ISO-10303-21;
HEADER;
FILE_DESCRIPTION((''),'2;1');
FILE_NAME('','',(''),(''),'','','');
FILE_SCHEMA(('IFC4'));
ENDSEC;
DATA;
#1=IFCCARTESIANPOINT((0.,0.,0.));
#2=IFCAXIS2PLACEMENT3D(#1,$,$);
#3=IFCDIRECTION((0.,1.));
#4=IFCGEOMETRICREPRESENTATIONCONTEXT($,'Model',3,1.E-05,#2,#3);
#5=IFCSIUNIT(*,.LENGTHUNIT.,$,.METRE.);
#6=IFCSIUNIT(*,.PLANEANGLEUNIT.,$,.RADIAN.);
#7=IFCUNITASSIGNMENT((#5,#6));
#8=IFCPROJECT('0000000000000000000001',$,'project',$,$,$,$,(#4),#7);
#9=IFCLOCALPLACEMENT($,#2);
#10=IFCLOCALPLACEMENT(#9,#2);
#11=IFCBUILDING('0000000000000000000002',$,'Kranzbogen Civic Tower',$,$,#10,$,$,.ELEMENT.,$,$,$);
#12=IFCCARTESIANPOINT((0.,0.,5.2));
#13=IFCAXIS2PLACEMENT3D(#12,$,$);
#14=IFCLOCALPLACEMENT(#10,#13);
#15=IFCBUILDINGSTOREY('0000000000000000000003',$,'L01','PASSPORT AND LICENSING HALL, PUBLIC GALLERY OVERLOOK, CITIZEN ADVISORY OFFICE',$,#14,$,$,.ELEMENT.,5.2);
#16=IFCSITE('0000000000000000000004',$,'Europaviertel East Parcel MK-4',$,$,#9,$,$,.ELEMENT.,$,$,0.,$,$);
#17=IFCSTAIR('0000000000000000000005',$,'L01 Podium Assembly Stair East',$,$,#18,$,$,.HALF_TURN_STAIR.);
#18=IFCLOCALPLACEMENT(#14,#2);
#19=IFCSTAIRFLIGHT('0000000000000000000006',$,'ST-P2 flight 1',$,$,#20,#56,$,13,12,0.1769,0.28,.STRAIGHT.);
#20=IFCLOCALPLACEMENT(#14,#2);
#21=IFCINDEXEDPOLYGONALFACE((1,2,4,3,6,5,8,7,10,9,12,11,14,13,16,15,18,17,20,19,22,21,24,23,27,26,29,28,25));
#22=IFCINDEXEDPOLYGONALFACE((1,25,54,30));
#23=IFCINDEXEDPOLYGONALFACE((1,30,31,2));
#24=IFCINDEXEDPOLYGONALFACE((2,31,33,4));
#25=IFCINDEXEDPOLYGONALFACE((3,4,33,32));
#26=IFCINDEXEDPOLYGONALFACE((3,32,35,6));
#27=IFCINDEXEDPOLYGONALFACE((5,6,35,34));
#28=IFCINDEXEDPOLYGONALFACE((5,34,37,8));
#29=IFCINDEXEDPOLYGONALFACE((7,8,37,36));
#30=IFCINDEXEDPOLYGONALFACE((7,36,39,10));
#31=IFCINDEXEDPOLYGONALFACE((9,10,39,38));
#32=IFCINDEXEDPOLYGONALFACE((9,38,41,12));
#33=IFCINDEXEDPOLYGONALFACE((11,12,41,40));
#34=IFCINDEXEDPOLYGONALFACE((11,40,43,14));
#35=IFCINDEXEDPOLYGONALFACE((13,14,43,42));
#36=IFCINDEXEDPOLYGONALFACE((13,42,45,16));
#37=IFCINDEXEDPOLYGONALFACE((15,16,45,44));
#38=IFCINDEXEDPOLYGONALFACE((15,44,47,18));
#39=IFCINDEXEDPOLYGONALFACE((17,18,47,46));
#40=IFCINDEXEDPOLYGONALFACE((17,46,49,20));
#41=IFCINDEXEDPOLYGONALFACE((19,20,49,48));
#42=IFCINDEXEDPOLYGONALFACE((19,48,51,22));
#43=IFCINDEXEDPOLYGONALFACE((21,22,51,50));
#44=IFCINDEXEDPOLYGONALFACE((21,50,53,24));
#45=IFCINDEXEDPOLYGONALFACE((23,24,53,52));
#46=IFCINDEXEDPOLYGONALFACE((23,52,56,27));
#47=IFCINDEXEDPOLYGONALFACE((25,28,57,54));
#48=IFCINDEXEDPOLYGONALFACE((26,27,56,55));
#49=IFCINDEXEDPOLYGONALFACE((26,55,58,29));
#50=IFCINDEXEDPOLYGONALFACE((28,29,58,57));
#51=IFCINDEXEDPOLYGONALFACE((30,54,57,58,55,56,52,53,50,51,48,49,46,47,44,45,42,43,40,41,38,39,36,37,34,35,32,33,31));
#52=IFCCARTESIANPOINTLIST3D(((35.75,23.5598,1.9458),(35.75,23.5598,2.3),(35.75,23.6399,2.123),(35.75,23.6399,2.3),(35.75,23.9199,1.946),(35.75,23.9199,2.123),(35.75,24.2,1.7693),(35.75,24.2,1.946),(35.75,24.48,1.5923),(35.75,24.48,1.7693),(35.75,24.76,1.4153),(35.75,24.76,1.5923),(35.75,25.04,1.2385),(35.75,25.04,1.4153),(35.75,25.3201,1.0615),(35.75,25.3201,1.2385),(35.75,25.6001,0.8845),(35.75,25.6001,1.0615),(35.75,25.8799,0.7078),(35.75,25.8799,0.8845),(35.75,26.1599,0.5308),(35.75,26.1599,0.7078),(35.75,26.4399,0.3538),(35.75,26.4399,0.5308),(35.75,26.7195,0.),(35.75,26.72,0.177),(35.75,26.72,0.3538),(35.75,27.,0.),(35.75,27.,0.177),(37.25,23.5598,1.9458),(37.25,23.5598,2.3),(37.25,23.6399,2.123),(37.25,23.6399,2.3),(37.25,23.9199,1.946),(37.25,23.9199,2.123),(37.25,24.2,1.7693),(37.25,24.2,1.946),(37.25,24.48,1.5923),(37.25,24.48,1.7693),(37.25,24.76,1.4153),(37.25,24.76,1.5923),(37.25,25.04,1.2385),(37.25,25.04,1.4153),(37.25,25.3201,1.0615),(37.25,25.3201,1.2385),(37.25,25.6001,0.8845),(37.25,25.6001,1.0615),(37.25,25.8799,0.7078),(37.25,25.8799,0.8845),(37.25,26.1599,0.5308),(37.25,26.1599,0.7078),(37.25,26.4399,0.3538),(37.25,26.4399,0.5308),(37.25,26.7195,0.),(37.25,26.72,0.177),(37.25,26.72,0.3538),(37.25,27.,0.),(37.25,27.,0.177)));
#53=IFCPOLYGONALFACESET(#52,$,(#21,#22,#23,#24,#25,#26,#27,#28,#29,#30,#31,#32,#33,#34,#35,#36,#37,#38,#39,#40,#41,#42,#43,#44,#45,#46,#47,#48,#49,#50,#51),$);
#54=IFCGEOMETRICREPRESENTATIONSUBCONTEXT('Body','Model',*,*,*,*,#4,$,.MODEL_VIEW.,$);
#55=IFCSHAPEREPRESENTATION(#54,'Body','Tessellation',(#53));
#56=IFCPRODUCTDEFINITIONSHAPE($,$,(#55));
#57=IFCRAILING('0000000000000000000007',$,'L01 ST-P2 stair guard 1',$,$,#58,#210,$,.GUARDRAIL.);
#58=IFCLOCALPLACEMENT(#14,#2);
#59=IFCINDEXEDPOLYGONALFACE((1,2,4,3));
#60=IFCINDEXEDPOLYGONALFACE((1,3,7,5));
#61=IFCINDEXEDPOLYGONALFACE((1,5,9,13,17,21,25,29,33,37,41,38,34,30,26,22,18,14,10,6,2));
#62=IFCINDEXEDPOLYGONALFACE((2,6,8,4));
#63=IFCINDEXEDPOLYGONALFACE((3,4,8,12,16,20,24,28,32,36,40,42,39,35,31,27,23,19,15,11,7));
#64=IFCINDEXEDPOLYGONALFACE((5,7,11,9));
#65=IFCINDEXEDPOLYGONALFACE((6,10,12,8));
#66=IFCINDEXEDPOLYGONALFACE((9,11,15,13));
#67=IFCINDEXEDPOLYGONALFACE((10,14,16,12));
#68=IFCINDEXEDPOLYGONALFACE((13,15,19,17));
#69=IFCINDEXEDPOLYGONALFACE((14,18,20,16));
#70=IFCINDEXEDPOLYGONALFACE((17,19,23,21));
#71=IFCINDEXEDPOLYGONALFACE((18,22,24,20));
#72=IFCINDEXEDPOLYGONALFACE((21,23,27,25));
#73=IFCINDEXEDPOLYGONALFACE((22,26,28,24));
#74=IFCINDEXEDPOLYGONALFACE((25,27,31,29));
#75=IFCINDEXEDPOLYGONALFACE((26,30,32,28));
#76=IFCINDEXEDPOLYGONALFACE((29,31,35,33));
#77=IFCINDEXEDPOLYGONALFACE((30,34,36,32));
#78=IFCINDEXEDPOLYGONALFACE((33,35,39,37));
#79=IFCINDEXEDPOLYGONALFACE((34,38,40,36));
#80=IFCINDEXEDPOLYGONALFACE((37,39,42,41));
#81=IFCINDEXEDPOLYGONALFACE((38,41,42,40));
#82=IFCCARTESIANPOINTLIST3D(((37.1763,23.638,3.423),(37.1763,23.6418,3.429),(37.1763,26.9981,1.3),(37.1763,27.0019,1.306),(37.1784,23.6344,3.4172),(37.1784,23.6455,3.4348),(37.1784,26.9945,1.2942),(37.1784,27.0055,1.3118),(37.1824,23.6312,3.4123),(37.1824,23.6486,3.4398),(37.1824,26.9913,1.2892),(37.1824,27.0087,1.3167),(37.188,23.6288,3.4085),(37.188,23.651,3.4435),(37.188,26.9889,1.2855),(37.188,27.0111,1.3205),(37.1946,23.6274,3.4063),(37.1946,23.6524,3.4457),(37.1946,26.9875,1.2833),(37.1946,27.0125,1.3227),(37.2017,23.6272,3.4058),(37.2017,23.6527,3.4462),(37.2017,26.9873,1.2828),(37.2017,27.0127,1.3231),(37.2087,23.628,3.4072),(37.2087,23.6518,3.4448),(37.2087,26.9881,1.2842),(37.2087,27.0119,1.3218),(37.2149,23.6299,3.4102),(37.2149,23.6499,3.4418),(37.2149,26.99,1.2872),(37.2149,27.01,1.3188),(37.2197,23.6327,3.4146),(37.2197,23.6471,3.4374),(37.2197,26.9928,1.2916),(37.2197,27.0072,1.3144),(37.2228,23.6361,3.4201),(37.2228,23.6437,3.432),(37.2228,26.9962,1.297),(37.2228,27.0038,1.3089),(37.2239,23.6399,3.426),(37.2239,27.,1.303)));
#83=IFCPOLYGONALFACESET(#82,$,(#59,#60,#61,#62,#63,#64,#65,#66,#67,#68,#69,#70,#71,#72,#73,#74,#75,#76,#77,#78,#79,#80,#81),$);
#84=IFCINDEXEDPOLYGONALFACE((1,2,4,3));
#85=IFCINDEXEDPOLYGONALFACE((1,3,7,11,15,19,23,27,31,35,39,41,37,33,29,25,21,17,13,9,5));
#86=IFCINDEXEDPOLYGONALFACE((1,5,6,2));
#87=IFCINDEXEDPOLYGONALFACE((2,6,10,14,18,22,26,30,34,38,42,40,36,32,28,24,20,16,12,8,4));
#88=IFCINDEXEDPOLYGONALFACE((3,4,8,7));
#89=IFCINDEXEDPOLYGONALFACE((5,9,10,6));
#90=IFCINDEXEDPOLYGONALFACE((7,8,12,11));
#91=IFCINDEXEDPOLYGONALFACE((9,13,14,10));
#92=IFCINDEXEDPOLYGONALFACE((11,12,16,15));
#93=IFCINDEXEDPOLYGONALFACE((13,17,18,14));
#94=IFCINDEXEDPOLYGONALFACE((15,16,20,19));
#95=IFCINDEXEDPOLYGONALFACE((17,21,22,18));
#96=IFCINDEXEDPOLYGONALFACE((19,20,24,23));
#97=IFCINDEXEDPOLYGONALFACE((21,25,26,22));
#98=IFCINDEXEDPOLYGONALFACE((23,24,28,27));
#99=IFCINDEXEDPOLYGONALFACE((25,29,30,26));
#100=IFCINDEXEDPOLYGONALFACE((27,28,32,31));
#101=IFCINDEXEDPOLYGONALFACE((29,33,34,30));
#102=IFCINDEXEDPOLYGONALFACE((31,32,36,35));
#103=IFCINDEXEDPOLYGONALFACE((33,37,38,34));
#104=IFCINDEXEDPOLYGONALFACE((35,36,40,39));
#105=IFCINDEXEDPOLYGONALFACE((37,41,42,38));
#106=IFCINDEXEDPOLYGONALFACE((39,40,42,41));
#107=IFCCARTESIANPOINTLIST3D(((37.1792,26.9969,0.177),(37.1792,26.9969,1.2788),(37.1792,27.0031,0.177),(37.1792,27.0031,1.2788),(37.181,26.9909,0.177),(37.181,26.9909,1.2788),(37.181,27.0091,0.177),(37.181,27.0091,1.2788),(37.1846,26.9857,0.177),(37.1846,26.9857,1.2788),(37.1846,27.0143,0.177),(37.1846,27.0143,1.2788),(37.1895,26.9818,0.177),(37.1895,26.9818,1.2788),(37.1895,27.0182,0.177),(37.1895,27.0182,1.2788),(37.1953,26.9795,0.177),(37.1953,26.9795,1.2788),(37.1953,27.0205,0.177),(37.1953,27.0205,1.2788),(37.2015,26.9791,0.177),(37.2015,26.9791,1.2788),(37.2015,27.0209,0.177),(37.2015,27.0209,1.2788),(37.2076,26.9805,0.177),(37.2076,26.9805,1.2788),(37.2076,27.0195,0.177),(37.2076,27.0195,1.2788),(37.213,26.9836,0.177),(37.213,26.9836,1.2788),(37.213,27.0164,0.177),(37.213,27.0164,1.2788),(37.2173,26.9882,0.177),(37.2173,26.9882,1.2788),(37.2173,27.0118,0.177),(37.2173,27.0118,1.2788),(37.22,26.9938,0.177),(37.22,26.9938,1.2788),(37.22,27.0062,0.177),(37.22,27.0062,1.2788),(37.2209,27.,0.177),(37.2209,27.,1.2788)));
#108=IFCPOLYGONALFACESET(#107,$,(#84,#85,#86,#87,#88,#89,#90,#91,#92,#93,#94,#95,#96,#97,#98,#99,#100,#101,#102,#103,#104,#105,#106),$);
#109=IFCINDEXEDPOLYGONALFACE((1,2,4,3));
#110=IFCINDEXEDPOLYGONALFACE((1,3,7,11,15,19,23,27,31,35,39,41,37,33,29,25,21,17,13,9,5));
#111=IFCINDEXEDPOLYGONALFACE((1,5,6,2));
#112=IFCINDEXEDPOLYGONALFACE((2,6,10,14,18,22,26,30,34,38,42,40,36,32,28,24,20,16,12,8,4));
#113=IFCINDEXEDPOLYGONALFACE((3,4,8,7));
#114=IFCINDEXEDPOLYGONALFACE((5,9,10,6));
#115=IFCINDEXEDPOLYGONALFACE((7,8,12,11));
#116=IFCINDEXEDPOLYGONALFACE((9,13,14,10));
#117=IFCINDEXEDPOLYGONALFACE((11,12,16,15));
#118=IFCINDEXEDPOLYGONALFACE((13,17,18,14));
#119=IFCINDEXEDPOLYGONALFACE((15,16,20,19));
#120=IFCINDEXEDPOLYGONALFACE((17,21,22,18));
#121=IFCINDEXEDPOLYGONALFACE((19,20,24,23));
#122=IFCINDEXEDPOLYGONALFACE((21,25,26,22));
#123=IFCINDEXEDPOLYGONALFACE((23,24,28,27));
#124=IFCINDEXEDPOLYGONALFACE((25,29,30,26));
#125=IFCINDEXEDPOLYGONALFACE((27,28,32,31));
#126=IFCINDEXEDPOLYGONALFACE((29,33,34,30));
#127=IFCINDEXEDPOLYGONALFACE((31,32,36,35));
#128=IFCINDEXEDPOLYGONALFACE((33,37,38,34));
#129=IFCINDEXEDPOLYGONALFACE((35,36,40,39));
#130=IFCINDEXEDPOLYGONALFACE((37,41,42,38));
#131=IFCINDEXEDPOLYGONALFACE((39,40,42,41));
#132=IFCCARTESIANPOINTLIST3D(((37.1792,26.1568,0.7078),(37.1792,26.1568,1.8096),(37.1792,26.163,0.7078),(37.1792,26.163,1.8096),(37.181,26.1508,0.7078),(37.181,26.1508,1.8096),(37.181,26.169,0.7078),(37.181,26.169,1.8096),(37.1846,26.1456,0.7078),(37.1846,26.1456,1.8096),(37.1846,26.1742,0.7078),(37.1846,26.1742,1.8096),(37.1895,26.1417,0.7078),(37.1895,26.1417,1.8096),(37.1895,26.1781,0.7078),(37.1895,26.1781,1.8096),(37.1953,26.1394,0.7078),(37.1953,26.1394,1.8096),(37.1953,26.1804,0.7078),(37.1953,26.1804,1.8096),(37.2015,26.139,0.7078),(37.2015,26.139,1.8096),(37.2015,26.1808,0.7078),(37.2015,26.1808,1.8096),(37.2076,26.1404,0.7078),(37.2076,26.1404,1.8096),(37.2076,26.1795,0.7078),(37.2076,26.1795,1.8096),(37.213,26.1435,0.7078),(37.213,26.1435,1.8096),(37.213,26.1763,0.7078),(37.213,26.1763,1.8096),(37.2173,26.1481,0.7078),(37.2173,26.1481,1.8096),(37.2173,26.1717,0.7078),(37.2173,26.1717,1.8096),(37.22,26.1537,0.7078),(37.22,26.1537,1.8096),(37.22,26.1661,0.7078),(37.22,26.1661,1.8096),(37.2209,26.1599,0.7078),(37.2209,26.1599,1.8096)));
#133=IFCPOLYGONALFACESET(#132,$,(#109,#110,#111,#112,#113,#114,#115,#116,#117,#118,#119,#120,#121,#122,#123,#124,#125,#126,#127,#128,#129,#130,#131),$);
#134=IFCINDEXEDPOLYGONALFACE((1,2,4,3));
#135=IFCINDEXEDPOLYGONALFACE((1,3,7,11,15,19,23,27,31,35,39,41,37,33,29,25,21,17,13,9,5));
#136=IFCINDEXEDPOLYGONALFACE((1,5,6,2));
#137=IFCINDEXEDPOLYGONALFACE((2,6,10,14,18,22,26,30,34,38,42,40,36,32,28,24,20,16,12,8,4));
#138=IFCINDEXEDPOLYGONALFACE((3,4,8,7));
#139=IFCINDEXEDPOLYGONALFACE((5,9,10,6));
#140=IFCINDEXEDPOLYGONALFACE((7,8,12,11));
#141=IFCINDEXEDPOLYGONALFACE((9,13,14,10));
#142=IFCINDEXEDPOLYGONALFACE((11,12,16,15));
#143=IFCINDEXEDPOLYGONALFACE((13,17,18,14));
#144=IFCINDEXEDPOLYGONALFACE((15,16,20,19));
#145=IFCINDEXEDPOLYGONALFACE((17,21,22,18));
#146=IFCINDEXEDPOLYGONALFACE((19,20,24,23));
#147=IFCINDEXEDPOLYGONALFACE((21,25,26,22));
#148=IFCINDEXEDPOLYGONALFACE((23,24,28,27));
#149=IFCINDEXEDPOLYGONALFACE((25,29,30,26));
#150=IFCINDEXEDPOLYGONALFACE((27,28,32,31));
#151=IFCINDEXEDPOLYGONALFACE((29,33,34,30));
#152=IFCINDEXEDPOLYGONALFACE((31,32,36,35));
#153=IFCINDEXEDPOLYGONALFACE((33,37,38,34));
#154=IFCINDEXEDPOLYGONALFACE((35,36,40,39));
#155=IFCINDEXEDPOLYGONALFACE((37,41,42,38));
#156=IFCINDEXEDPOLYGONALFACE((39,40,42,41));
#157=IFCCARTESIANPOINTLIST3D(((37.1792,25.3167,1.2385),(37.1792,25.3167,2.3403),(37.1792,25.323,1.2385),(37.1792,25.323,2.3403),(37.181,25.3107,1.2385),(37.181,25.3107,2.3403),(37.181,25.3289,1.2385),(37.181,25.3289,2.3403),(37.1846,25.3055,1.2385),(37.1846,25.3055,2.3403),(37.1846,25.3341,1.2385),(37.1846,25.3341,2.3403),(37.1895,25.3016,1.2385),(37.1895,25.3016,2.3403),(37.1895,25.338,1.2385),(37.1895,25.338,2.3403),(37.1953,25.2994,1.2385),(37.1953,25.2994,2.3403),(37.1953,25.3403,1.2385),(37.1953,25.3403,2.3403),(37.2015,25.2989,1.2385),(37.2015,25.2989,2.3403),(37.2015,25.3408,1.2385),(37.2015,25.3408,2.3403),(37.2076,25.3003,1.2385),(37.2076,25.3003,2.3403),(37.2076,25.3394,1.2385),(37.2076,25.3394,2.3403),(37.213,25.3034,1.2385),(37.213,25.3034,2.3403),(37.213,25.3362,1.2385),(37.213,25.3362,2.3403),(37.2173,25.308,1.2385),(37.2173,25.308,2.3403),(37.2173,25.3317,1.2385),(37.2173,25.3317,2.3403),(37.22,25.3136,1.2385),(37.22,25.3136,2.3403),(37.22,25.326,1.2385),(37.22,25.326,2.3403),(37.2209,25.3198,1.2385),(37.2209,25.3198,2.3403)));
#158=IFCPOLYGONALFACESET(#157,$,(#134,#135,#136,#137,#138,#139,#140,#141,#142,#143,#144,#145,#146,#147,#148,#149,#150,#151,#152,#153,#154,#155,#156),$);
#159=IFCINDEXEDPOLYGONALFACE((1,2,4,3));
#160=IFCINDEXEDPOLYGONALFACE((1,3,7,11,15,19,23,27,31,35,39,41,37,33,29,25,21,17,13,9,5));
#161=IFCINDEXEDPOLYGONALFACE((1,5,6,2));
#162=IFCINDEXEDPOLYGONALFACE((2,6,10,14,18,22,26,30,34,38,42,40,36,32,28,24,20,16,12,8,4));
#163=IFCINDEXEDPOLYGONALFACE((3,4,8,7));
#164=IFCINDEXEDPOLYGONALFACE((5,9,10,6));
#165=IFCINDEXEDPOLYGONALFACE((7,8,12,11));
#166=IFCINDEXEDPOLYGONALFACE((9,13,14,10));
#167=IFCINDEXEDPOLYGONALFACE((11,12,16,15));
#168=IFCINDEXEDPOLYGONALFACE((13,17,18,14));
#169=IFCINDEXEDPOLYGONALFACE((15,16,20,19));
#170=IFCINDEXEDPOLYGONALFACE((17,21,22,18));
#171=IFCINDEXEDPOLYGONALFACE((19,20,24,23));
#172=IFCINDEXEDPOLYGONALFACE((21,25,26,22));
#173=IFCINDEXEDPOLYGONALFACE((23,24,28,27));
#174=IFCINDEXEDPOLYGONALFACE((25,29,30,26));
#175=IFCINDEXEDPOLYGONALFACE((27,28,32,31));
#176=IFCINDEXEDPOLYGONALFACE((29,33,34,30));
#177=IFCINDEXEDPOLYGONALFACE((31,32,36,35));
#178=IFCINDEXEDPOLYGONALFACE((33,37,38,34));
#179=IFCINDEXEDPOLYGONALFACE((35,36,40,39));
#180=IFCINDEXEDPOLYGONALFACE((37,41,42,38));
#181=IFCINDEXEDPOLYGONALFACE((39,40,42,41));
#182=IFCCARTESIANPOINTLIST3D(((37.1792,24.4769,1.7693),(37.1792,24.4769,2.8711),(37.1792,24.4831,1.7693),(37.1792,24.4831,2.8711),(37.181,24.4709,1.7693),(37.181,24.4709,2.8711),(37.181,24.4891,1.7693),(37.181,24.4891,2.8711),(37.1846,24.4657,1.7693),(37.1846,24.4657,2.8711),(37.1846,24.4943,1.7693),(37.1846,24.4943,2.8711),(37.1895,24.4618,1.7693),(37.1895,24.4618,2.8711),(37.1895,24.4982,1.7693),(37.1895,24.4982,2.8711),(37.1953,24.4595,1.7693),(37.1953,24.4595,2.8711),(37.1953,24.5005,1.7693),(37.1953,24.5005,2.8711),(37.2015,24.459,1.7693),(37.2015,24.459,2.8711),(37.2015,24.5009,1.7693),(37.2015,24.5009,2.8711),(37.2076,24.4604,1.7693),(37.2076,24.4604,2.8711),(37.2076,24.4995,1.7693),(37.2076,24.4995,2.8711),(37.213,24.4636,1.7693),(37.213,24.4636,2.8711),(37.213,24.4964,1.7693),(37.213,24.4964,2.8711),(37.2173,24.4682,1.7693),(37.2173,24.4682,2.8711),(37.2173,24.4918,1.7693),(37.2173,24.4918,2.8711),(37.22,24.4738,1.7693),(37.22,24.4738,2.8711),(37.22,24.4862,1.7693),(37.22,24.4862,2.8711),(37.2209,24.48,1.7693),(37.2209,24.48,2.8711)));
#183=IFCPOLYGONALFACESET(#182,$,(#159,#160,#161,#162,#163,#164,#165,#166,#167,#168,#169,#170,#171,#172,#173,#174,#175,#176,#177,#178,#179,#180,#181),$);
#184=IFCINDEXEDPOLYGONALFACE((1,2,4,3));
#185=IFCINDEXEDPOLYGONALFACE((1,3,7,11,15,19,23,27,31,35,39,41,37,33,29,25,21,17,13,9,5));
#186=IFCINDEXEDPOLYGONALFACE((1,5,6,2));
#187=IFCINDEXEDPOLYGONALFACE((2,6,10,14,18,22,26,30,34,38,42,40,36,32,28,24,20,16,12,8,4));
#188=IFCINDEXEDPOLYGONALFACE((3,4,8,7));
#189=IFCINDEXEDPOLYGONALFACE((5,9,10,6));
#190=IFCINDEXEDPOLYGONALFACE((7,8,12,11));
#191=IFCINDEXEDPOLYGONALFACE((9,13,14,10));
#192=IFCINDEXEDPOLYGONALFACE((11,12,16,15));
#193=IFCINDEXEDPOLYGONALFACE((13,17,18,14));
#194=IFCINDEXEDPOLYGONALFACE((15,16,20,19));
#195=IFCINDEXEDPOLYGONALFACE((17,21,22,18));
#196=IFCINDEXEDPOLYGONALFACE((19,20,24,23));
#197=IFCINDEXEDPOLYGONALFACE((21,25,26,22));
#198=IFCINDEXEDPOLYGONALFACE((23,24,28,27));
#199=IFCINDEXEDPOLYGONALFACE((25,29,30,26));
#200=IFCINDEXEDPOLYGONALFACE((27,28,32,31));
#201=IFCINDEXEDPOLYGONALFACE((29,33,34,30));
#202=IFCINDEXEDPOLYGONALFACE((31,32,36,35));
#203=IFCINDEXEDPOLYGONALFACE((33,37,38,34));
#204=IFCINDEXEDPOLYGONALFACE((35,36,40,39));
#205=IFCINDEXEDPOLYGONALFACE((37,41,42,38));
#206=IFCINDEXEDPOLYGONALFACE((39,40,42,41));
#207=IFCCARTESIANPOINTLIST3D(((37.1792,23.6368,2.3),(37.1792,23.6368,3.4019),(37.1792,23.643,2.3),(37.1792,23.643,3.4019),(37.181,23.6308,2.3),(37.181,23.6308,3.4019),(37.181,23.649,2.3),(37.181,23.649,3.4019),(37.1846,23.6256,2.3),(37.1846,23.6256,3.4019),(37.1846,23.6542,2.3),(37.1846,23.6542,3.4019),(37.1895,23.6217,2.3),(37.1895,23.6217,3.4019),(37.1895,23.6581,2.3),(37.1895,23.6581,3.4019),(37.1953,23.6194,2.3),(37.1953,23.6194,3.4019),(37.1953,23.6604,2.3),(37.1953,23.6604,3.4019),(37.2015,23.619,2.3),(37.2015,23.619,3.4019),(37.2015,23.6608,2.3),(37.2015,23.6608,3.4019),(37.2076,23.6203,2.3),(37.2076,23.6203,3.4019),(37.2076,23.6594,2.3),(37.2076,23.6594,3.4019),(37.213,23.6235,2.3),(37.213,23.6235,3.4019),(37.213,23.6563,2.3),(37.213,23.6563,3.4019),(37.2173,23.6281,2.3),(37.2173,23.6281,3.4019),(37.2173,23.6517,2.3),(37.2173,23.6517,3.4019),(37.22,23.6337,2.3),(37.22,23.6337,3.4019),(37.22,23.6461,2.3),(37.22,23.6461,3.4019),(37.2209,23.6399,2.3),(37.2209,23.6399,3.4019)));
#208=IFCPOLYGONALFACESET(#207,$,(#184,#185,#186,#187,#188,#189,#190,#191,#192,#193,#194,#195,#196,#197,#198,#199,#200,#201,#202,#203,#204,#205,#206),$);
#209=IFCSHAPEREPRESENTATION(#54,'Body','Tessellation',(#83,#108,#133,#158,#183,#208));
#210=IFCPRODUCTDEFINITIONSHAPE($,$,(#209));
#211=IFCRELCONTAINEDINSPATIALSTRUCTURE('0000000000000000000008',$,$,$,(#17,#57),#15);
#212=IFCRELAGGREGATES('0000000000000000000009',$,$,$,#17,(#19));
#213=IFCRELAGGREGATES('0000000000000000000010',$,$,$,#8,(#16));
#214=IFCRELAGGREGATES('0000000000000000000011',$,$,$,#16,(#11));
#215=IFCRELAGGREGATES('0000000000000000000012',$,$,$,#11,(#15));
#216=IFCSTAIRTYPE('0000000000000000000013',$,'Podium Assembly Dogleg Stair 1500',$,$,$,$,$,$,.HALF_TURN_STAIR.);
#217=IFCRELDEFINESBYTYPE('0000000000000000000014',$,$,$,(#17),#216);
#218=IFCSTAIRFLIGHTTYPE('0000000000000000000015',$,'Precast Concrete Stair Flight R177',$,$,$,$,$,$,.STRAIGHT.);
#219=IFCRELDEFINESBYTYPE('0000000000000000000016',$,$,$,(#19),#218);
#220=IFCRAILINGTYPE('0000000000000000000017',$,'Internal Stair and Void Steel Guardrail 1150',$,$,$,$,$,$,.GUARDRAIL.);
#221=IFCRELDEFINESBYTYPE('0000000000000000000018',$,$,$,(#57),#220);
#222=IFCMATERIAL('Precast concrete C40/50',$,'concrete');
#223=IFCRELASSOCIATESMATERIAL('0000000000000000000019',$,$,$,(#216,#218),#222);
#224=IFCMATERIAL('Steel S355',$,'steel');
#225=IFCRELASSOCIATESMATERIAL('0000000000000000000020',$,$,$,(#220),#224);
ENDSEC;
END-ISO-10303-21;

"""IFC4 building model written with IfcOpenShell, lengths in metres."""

from ifc_helpers import new_model, si_unit, direction, frame, origin, origin_2d, place, context, subcontext, project, spatial, polyline, circle, outline, extrude, material, type_object, element, aggregate, save


model = new_model("IFC4")

# Units and contexts
model_context = context("Model", 3, precision=1e-05, world=origin(), true_north=direction((0.0, 1.0)))
body_context = subcontext(model_context, "Body", "Model", "MODEL_VIEW")
ifc_project = project(units=[si_unit("LENGTHUNIT", "METRE"), si_unit("PLANEANGLEUNIT", "RADIAN")], contexts=[model_context])

# Site, building, storey
site_placement = place(None, origin())
site = spatial("IfcSite", under=ifc_project, at=site_placement, Name="Europaviertel East Parcel MK-4", CompositionType="ELEMENT", RefElevation=0.0)
building_placement = place(site_placement, origin())
building = spatial("IfcBuilding", under=site, at=building_placement, Name="Kranzbogen Civic Tower", CompositionType="ELEMENT")
storey_placement = place(building_placement, frame((0.0, 0.0, 5.2)))
storey = spatial("IfcBuildingStorey", under=building, at=storey_placement, Name="L01", Description="PASSPORT AND LICENSING HALL, PUBLIC GALLERY OVERLOOK, CITIZEN ADVISORY OFFICE", CompositionType="ELEMENT", Elevation=5.2)

# Shared definitions
ifc_material_1 = material(Name="Steel S355", Category="steel")

# Stair, stair flight
ifc_material_2 = material(Name="Precast concrete C40/50", Category="concrete")
stair_type = type_object("IfcStairType", Name="Podium Assembly Dogleg Stair 1500", PredefinedType="HALF_TURN_STAIR", material=ifc_material_2)
stair_placement = place(storey_placement, origin())
stair = element("IfcStair", 1, at=stair_placement, inside=storey, type_object=stair_type, Name="L01 Podium Assembly Stair East", PredefinedType="HALF_TURN_STAIR")
stair_flight_type = type_object("IfcStairFlightType", Name="Precast Concrete Stair Flight R177", PredefinedType="STRAIGHT", material=ifc_material_2)
stair_flight_placement = place(storey_placement, frame((36.5, 27.0, 0.0), z_axis=(0.0, 0.0, 1.0), x_axis=(0.0, -1.0, 0.0)))
stair_flight = element("IfcStairFlight", 2, at=stair_flight_placement, type_object=stair_flight_type, Name="ST-P2 flight 1", NumberOfRisers=13, NumberOfTreads=12, PredefinedType="STRAIGHT", RiserHeight=0.1769, TreadLength=0.28, context=body_context, shape_type="SweptSolid", body=[
    extrude(outline(polyline([(0.0, 0.0), (0.0, 0.177), (0.28, 0.177), (0.28, 0.3538), (0.5601, 0.3538), (0.5601, 0.5308), (0.8401, 0.5308), (0.8401, 0.7078), (1.1201, 0.7078), (1.1201, 0.8845), (1.3999, 0.8845), (1.3999, 1.0615), (1.6799, 1.0615), (1.6799, 1.2385), (1.96, 1.2385), (1.96, 1.4153), (2.24, 1.4153), (2.24, 1.5923), (2.52, 1.5923), (2.52, 1.7693), (2.8, 1.7693), (2.8, 1.946), (3.0801, 1.946), (3.0801, 2.123), (3.3601, 2.123), (3.3601, 2.3), (3.4402, 2.3), (3.4402, 1.9458), (0.2805, 0.0), (0.0, 0.0)])), frame((0.0, 0.75, 0.0), z_axis=(0.0, -1.0, 0.0), x_axis=(1.0, 0.0, 0.0)), (0.0, 0.0, 1.0), 1.5),
])
aggregate(stair, [stair_flight])

# Railing
railing_type_1 = type_object("IfcRailingType", Name="Internal Stair and Void Steel Guardrail 1150", PredefinedType="GUARDRAIL", material=ifc_material_1)
railing_1_placement = place(storey_placement, frame((37.2, 27.0, 0.177)))
element("IfcRailing", 3, at=railing_1_placement, inside=storey, type_object=railing_type_1, Name="L01 ST-P2 stair guard 1", PredefinedType="GUARDRAIL", context=body_context, shape_type="SweptSolid", body=[
    extrude(circle(Radius=0.0239, at=origin_2d()), frame((0.0, 0.0, 1.126), z_axis=(0.0, -0.84539, 0.53415), x_axis=(1.0, 0.0, 0.0)), (0.0, 0.0, 1.0), 3.9746),
    extrude(circle(Radius=0.021, at=origin_2d()), origin(), (0.0, 0.0, 1.0), 1.1018),
    extrude(circle(Radius=0.021, at=origin_2d()), frame((0.0, -0.8401, 0.5308)), (0.0, 0.0, 1.0), 1.1018),
    extrude(circle(Radius=0.021, at=origin_2d()), frame((0.0, -1.6802, 1.0615)), (0.0, 0.0, 1.0), 1.1018),
    extrude(circle(Radius=0.021, at=origin_2d()), frame((0.0, -2.52, 1.5923)), (0.0, 0.0, 1.0), 1.1018),
    extrude(circle(Radius=0.021, at=origin_2d()), frame((0.0, -3.3601, 2.123)), (0.0, 0.0, 1.0), 1.1018),
])

save(model, "model.ifc")
